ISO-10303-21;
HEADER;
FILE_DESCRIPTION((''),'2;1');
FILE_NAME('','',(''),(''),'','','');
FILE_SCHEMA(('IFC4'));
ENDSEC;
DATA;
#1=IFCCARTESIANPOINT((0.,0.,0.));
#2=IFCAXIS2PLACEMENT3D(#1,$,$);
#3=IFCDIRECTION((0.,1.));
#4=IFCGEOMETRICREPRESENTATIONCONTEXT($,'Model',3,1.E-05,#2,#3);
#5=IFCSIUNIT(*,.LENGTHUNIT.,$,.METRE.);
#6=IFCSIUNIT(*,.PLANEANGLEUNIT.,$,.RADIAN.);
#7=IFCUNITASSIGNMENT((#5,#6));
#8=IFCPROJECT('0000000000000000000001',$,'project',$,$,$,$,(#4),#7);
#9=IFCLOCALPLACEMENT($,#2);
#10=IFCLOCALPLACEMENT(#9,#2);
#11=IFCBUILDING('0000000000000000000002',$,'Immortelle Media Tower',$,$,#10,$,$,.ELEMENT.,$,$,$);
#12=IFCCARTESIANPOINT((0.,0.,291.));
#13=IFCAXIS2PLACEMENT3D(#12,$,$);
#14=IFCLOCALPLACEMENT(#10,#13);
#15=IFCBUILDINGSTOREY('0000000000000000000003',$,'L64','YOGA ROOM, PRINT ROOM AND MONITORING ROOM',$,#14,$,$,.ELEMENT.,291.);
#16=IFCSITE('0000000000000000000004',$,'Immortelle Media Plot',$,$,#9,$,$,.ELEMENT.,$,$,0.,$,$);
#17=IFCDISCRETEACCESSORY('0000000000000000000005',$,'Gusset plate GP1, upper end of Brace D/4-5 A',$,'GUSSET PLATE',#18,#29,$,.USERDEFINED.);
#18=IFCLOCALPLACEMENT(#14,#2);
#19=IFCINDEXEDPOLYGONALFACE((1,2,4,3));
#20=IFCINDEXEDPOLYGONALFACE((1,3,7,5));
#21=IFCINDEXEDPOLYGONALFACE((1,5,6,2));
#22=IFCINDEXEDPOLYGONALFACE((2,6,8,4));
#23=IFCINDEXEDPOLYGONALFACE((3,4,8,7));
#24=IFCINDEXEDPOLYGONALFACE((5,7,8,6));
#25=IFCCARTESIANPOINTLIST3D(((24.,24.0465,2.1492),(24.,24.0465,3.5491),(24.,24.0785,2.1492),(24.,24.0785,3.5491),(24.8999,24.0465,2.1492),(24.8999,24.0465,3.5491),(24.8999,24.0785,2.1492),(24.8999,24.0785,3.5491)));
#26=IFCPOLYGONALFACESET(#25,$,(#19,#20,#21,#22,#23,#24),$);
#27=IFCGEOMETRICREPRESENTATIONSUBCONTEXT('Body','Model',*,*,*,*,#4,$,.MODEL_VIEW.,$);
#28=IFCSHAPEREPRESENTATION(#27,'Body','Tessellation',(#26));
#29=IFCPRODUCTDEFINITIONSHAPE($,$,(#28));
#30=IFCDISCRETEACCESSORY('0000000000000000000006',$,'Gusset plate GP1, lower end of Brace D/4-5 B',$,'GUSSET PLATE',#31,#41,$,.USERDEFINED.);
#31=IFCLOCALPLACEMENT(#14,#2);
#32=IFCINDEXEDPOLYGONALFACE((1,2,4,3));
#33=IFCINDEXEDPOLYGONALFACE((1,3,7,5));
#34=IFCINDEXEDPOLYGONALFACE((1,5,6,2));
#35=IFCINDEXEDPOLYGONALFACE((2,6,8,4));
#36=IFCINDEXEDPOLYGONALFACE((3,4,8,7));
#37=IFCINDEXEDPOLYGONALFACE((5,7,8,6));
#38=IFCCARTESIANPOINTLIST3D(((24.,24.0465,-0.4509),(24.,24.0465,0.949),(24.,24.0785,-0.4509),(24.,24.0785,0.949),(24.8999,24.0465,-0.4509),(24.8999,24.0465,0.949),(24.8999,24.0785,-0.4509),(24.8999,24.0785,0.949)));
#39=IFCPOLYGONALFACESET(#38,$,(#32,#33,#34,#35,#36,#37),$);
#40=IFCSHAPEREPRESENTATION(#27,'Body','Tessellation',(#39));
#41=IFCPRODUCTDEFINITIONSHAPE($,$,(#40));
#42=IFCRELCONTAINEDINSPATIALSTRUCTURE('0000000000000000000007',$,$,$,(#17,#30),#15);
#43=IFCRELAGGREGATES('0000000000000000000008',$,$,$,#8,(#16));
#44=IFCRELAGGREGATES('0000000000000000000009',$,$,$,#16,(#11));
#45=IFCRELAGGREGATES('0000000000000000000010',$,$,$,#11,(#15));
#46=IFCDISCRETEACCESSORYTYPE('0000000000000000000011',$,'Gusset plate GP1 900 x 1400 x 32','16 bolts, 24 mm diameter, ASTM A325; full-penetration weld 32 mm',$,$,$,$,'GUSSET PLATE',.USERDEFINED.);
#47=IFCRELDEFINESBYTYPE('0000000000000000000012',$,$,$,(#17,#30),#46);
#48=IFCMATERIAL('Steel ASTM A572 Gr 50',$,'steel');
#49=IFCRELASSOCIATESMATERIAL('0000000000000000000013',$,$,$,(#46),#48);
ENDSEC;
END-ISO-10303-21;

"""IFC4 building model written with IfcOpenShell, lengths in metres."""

from ifc_helpers import new_model, si_unit, direction, frame, origin, origin_2d, place, context, subcontext, project, spatial, rectangle, extrude, material, material_profile, profile_set, type_object, element, save


model = new_model("IFC4")

# Units and contexts
model_context = context("Model", 3, precision=1e-05, world=origin(), true_north=direction((0.0, 1.0)))
body_context = subcontext(model_context, "Body", "Model", "MODEL_VIEW")
ifc_project = project(units=[si_unit("LENGTHUNIT", "METRE"), si_unit("PLANEANGLEUNIT", "RADIAN")], contexts=[model_context])

# Site, building, storey
site_placement = place(None, origin())
site = spatial("IfcSite", under=ifc_project, at=site_placement, Name="Immortelle Media Plot", CompositionType="ELEMENT", RefElevation=0.0)
building_placement = place(site_placement, origin())
building = spatial("IfcBuilding", under=site, at=building_placement, Name="Immortelle Media Tower", CompositionType="ELEMENT")
storey_placement = place(building_placement, frame((0.0, 0.0, 291.0)))
storey = spatial("IfcBuildingStorey", under=building, at=storey_placement, Name="L64", Description="YOGA ROOM, PRINT ROOM AND MONITORING ROOM", CompositionType="ELEMENT", Elevation=291.0)

# Discrete accessories
ifc_material_1 = material(Name="Steel ASTM A572 Gr 50", Category="steel")
ifc_material_profile_1 = material_profile(ifc_material_1, rectangle(XDim=0.032, YDim=1.3999, at=origin_2d()), Name="PL 32 x 1400")
ifc_profile_set_1 = profile_set([ifc_material_profile_1], Name="Steel ASTM A572 Gr 50")
discrete_accessory_type_1 = type_object("IfcDiscreteAccessoryType", Name="Gusset plate GP1 900 x 1400 x 32", Description="16 bolts, 24 mm diameter, ASTM A325; full-penetration weld 32 mm", ElementType="GUSSET PLATE", PredefinedType="USERDEFINED", material=ifc_profile_set_1)
for number, where, z_axis, x_axis, name in (
    (1, (24.0, 24.0625, 2.8491), (1.0, 0.0, 0.0), (0.0, 1.0, 0.0), "Gusset plate GP1, upper end of Brace D/4-5 A"),
    (2, (24.0, 24.0625, 0.249), (1.0, 0.0, 0.0), (0.0, 1.0, 0.0), "Gusset plate GP1, lower end of Brace D/4-5 B"),
):
    element("IfcDiscreteAccessory", number, at=place(storey_placement, frame(where, z_axis=z_axis, x_axis=x_axis)), inside=storey, type_object=discrete_accessory_type_1, Name=name, ObjectType="GUSSET PLATE", PredefinedType="USERDEFINED", context=body_context, shape_type="SweptSolid", body=[
        extrude(rectangle(XDim=0.032, YDim=1.3999, at=origin_2d()), origin(), (0.0, 0.0, 1.0), 0.8999),
    ])

save(model, "model.ifc")
